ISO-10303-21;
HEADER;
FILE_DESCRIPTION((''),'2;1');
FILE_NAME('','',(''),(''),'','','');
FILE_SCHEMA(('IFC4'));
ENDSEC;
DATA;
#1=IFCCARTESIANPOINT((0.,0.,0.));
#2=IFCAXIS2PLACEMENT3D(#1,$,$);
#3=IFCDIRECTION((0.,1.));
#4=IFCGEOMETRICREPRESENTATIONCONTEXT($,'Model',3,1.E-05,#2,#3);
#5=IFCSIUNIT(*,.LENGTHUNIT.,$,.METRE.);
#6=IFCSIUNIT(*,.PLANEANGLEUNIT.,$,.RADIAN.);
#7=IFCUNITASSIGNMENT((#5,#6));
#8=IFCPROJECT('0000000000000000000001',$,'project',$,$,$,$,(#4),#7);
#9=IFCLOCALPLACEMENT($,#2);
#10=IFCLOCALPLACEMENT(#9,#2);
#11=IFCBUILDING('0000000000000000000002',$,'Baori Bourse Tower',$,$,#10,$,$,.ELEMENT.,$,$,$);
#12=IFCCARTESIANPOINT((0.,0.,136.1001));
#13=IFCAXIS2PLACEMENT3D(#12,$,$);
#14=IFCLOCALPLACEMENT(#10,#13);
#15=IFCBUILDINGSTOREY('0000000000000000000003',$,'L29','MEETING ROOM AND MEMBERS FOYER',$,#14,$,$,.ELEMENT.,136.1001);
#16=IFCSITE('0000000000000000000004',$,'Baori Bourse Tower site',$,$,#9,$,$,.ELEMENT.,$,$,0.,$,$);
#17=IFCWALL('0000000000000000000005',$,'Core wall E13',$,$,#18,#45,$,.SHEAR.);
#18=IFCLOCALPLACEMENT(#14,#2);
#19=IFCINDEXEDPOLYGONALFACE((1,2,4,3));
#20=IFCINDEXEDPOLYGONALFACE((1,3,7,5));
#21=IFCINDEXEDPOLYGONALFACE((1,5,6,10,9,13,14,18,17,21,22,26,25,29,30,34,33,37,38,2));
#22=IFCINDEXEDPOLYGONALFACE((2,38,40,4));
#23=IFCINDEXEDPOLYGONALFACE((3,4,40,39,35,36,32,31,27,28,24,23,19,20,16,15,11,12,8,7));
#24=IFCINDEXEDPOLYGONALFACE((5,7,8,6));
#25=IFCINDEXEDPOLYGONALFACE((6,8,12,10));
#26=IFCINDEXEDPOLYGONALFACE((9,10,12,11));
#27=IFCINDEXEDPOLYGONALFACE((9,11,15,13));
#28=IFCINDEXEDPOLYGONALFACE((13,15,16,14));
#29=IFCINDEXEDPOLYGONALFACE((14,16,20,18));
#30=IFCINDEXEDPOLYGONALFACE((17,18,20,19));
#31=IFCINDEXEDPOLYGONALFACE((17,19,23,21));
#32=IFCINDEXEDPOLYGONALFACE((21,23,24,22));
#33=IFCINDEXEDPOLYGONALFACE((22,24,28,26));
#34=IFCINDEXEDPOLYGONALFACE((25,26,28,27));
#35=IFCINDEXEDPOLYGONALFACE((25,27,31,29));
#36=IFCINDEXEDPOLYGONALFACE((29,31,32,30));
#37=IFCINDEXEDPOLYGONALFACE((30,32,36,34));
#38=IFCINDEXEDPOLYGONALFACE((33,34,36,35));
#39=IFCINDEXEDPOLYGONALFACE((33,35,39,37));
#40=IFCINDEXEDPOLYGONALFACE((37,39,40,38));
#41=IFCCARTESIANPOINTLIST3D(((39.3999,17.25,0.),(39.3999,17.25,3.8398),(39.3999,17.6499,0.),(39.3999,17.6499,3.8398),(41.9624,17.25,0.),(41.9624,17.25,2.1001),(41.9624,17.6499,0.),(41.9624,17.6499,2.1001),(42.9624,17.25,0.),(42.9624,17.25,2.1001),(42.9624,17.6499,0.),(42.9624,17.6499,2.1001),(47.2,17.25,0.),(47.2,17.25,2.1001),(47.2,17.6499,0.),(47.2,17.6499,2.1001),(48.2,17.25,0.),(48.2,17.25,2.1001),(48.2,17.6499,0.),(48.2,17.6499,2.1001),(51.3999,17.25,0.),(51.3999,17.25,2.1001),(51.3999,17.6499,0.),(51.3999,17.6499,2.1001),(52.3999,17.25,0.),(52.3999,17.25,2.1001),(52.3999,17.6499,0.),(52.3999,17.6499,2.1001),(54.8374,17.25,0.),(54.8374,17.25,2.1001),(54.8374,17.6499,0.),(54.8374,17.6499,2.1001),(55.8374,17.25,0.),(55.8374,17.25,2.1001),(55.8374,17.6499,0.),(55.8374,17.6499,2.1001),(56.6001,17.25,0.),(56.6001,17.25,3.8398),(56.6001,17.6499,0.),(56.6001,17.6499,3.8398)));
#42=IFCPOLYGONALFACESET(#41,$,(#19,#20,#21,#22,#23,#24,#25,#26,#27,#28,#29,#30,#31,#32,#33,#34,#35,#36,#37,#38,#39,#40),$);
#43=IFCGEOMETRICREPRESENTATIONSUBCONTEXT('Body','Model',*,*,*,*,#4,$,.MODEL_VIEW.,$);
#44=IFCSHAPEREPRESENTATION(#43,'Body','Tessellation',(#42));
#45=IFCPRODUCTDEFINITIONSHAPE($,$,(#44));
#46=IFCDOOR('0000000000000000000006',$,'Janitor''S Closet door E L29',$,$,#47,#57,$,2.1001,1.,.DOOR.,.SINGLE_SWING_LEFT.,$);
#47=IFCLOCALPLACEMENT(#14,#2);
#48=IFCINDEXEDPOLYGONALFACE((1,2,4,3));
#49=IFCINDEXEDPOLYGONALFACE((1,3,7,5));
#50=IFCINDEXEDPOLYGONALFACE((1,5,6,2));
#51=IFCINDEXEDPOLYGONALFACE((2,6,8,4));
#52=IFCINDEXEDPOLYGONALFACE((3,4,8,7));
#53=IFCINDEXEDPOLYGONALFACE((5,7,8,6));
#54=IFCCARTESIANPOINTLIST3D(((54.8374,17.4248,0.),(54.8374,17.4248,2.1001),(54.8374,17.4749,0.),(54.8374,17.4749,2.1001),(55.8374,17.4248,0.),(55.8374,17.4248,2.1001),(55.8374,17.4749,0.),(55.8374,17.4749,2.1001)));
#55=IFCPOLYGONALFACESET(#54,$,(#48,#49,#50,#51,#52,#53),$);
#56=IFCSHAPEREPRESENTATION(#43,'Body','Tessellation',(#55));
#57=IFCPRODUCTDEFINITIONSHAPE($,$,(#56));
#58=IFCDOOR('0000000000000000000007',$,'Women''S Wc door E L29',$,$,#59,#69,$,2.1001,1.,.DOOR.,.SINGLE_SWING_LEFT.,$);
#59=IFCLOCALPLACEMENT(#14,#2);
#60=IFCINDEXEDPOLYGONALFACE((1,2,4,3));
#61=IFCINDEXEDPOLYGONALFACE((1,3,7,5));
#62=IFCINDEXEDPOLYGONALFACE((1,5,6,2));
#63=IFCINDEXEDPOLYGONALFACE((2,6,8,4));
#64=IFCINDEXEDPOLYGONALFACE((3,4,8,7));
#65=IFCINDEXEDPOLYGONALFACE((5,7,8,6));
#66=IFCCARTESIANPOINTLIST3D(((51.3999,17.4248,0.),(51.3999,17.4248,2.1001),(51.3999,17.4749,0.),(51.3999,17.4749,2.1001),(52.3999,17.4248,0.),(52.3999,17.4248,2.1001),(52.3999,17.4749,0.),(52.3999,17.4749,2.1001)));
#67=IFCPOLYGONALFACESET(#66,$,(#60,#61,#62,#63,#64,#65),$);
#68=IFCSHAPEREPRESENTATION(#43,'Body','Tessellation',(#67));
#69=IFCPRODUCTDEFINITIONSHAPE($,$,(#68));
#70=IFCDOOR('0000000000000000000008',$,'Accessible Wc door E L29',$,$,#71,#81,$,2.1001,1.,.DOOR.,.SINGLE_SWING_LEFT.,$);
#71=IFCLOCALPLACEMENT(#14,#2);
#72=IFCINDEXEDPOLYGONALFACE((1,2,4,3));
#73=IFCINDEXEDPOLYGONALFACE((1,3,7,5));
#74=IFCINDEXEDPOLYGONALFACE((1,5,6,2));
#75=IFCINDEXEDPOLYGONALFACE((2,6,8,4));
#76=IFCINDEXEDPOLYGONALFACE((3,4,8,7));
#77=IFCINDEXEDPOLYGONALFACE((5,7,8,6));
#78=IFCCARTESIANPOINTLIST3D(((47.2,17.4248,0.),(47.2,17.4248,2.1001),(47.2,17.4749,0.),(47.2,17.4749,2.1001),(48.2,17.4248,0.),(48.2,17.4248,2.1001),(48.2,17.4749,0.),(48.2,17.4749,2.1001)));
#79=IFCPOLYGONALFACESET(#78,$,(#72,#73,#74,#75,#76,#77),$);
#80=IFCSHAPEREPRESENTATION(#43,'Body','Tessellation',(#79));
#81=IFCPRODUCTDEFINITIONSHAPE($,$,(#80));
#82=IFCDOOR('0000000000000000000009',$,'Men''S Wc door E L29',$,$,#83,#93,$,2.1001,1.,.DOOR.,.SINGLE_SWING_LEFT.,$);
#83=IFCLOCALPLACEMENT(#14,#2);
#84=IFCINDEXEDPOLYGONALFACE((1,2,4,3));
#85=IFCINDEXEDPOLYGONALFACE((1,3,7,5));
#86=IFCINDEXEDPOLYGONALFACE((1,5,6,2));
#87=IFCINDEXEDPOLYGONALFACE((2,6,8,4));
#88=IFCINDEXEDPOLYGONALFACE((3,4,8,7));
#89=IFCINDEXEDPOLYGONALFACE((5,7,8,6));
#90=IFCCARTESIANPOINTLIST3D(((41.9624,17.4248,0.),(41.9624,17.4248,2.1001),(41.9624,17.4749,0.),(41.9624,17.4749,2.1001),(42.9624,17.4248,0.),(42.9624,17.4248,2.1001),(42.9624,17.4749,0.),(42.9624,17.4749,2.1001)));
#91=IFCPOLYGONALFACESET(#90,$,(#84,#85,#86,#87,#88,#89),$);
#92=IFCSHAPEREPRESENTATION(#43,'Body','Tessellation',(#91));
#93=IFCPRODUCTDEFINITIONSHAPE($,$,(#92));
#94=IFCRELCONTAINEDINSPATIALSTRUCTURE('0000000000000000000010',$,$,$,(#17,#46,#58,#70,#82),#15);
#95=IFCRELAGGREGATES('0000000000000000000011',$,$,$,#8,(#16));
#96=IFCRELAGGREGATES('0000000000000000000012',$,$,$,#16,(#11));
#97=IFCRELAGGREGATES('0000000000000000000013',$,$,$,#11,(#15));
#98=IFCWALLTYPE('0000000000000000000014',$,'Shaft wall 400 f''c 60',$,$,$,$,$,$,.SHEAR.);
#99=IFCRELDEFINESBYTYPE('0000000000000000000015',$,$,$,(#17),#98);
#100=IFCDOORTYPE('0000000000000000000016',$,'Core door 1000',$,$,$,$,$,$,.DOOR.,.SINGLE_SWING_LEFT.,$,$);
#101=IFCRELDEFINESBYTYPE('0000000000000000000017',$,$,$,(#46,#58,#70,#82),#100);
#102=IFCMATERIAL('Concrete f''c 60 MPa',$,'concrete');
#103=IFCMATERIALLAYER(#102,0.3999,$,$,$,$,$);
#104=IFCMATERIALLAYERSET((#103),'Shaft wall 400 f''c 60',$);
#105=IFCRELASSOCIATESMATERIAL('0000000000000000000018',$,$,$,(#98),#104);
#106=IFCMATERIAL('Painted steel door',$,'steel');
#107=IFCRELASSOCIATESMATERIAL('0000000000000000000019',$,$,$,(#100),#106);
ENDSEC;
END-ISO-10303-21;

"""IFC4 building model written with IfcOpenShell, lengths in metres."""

from ifc_helpers import new_model, si_unit, direction, frame, frame_2d, origin, place, context, subcontext, project, spatial, rectangle, extrude, material, layer, layer_set, type_object, element, fill, save


model = new_model("IFC4")

# Units and contexts
model_context = context("Model", 3, precision=1e-05, world=origin(), true_north=direction((0.0, 1.0)))
body_context = subcontext(model_context, "Body", "Model", "MODEL_VIEW")
ifc_project = project(units=[si_unit("LENGTHUNIT", "METRE"), si_unit("PLANEANGLEUNIT", "RADIAN")], contexts=[model_context])

# Site, building, storey
site_placement = place(None, origin())
site = spatial("IfcSite", under=ifc_project, at=site_placement, Name="Baori Bourse Tower site", CompositionType="ELEMENT", RefElevation=0.0)
building_placement = place(site_placement, origin())
building = spatial("IfcBuilding", under=site, at=building_placement, Name="Baori Bourse Tower", CompositionType="ELEMENT")
storey_placement = place(building_placement, frame((0.0, 0.0, 136.1001)))
storey = spatial("IfcBuildingStorey", under=building, at=storey_placement, Name="L29", Description="MEETING ROOM AND MEMBERS FOYER", CompositionType="ELEMENT", Elevation=136.1001)

# Shared definitions
ifc_material_1 = material(Name="Concrete f'c 60 MPa", Category="concrete")
ifc_layer_1 = layer(ifc_material_1, 0.3999)
ifc_layer_set_1 = layer_set([ifc_layer_1], Name="Shaft wall 400 f'c 60")
wall_type_1 = type_object("IfcWallType", Name="Shaft wall 400 f'c 60", PredefinedType="SHEAR", material=ifc_layer_set_1)

# Wall, openings, doors
wall_1_placement = place(storey_placement, frame((39.3999, 17.45, 0.0), z_axis=(0.0, 0.0, 1.0), x_axis=(1.0, 0.0, 0.0)))
wall_1 = element("IfcWall", 1, at=wall_1_placement, inside=storey, type_object=wall_type_1, Name="Core wall E13", PredefinedType="SHEAR", context=body_context, shape_type="SweptSolid", body=[
    extrude(rectangle(XDim=17.2002, YDim=0.3999, at=frame_2d((8.6001, 0.0))), origin(), (0.0, 0.0, 1.0), 3.8398),
])
opening_1_placement = place(wall_1_placement, frame((15.4375, 0.0, 0.0)))
opening_1 = element("IfcOpeningElement", 2, at=opening_1_placement, cuts=wall_1, PredefinedType="OPENING", context=body_context, shape_type="SweptSolid", body=[
    extrude(rectangle(XDim=1.0, YDim=2.1001, at=frame_2d((0.5, 1.05))), frame((0.0, 0.21, 0.0), z_axis=(0.0, -1.0, 0.0), x_axis=(1.0, 0.0, 0.0)), (0.0, 0.0, 1.0), 0.4199),
])
opening_2_placement = place(wall_1_placement, frame((12.0, 0.0, 0.0)))
opening_2 = element("IfcOpeningElement", 3, at=opening_2_placement, cuts=wall_1, PredefinedType="OPENING", context=body_context, shape_type="SweptSolid", body=[
    extrude(rectangle(XDim=1.0, YDim=2.1001, at=frame_2d((0.5, 1.05))), frame((0.0, 0.21, 0.0), z_axis=(0.0, -1.0, 0.0), x_axis=(1.0, 0.0, 0.0)), (0.0, 0.0, 1.0), 0.4199),
])
opening_3_placement = place(wall_1_placement, frame((7.8, 0.0, 0.0)))
opening_3 = element("IfcOpeningElement", 4, at=opening_3_placement, cuts=wall_1, PredefinedType="OPENING", context=body_context, shape_type="SweptSolid", body=[
    extrude(rectangle(XDim=1.0, YDim=2.1001, at=frame_2d((0.5, 1.05))), frame((0.0, 0.21, 0.0), z_axis=(0.0, -1.0, 0.0), x_axis=(1.0, 0.0, 0.0)), (0.0, 0.0, 1.0), 0.4199),
])
opening_4_placement = place(wall_1_placement, frame((2.5625, 0.0, 0.0)))
opening_4 = element("IfcOpeningElement", 5, at=opening_4_placement, cuts=wall_1, PredefinedType="OPENING", context=body_context, shape_type="SweptSolid", body=[
    extrude(rectangle(XDim=1.0, YDim=2.1001, at=frame_2d((0.5, 1.05))), frame((0.0, 0.21, 0.0), z_axis=(0.0, -1.0, 0.0), x_axis=(1.0, 0.0, 0.0)), (0.0, 0.0, 1.0), 0.4199),
])
ifc_material_2 = material(Name="Painted steel door", Category="steel")
door_type_1 = type_object("IfcDoorType", Name="Core door 1000", OperationType="SINGLE_SWING_LEFT", PredefinedType="DOOR", material=ifc_material_2)
door_1_placement = place(opening_1_placement, origin())
door_1 = element("IfcDoor", 6, at=door_1_placement, inside=storey, type_object=door_type_1, Name="Janitor'S Closet door E L29", OperationType="SINGLE_SWING_LEFT", OverallHeight=2.1001, OverallWidth=1.0, PredefinedType="DOOR", context=body_context, shape_type="SweptSolid", body=[
    extrude(rectangle(XDim=1.0, YDim=2.1001, at=frame_2d((0.5, 1.05))), frame((0.0, 0.0249, 0.0), z_axis=(0.0, -1.0, 0.0), x_axis=(1.0, 0.0, 0.0)), (0.0, 0.0, 1.0), 0.05),
])
fill(opening_1, door_1)
door_2_placement = place(opening_2_placement, origin())
door_2 = element("IfcDoor", 7, at=door_2_placement, inside=storey, type_object=door_type_1, Name="Women'S Wc door E L29", OperationType="SINGLE_SWING_LEFT", OverallHeight=2.1001, OverallWidth=1.0, PredefinedType="DOOR", context=body_context, shape_type="SweptSolid", body=[
    extrude(rectangle(XDim=1.0, YDim=2.1001, at=frame_2d((0.5, 1.05))), frame((0.0, 0.0249, 0.0), z_axis=(0.0, -1.0, 0.0), x_axis=(1.0, 0.0, 0.0)), (0.0, 0.0, 1.0), 0.05),
])
fill(opening_2, door_2)
door_3_placement = place(opening_3_placement, origin())
door_3 = element("IfcDoor", 8, at=door_3_placement, inside=storey, type_object=door_type_1, Name="Accessible Wc door E L29", OperationType="SINGLE_SWING_LEFT", OverallHeight=2.1001, OverallWidth=1.0, PredefinedType="DOOR", context=body_context, shape_type="SweptSolid", body=[
    extrude(rectangle(XDim=1.0, YDim=2.1001, at=frame_2d((0.5, 1.05))), frame((0.0, 0.0249, 0.0), z_axis=(0.0, -1.0, 0.0), x_axis=(1.0, 0.0, 0.0)), (0.0, 0.0, 1.0), 0.05),
])
fill(opening_3, door_3)
door_4_placement = place(opening_4_placement, origin())
door_4 = element("IfcDoor", 9, at=door_4_placement, inside=storey, type_object=door_type_1, Name="Men'S Wc door E L29", OperationType="SINGLE_SWING_LEFT", OverallHeight=2.1001, OverallWidth=1.0, PredefinedType="DOOR", context=body_context, shape_type="SweptSolid", body=[
    extrude(rectangle(XDim=1.0, YDim=2.1001, at=frame_2d((0.5, 1.05))), frame((0.0, 0.0249, 0.0), z_axis=(0.0, -1.0, 0.0), x_axis=(1.0, 0.0, 0.0)), (0.0, 0.0, 1.0), 0.05),
])
fill(opening_4, door_4)

save(model, "model.ifc")
